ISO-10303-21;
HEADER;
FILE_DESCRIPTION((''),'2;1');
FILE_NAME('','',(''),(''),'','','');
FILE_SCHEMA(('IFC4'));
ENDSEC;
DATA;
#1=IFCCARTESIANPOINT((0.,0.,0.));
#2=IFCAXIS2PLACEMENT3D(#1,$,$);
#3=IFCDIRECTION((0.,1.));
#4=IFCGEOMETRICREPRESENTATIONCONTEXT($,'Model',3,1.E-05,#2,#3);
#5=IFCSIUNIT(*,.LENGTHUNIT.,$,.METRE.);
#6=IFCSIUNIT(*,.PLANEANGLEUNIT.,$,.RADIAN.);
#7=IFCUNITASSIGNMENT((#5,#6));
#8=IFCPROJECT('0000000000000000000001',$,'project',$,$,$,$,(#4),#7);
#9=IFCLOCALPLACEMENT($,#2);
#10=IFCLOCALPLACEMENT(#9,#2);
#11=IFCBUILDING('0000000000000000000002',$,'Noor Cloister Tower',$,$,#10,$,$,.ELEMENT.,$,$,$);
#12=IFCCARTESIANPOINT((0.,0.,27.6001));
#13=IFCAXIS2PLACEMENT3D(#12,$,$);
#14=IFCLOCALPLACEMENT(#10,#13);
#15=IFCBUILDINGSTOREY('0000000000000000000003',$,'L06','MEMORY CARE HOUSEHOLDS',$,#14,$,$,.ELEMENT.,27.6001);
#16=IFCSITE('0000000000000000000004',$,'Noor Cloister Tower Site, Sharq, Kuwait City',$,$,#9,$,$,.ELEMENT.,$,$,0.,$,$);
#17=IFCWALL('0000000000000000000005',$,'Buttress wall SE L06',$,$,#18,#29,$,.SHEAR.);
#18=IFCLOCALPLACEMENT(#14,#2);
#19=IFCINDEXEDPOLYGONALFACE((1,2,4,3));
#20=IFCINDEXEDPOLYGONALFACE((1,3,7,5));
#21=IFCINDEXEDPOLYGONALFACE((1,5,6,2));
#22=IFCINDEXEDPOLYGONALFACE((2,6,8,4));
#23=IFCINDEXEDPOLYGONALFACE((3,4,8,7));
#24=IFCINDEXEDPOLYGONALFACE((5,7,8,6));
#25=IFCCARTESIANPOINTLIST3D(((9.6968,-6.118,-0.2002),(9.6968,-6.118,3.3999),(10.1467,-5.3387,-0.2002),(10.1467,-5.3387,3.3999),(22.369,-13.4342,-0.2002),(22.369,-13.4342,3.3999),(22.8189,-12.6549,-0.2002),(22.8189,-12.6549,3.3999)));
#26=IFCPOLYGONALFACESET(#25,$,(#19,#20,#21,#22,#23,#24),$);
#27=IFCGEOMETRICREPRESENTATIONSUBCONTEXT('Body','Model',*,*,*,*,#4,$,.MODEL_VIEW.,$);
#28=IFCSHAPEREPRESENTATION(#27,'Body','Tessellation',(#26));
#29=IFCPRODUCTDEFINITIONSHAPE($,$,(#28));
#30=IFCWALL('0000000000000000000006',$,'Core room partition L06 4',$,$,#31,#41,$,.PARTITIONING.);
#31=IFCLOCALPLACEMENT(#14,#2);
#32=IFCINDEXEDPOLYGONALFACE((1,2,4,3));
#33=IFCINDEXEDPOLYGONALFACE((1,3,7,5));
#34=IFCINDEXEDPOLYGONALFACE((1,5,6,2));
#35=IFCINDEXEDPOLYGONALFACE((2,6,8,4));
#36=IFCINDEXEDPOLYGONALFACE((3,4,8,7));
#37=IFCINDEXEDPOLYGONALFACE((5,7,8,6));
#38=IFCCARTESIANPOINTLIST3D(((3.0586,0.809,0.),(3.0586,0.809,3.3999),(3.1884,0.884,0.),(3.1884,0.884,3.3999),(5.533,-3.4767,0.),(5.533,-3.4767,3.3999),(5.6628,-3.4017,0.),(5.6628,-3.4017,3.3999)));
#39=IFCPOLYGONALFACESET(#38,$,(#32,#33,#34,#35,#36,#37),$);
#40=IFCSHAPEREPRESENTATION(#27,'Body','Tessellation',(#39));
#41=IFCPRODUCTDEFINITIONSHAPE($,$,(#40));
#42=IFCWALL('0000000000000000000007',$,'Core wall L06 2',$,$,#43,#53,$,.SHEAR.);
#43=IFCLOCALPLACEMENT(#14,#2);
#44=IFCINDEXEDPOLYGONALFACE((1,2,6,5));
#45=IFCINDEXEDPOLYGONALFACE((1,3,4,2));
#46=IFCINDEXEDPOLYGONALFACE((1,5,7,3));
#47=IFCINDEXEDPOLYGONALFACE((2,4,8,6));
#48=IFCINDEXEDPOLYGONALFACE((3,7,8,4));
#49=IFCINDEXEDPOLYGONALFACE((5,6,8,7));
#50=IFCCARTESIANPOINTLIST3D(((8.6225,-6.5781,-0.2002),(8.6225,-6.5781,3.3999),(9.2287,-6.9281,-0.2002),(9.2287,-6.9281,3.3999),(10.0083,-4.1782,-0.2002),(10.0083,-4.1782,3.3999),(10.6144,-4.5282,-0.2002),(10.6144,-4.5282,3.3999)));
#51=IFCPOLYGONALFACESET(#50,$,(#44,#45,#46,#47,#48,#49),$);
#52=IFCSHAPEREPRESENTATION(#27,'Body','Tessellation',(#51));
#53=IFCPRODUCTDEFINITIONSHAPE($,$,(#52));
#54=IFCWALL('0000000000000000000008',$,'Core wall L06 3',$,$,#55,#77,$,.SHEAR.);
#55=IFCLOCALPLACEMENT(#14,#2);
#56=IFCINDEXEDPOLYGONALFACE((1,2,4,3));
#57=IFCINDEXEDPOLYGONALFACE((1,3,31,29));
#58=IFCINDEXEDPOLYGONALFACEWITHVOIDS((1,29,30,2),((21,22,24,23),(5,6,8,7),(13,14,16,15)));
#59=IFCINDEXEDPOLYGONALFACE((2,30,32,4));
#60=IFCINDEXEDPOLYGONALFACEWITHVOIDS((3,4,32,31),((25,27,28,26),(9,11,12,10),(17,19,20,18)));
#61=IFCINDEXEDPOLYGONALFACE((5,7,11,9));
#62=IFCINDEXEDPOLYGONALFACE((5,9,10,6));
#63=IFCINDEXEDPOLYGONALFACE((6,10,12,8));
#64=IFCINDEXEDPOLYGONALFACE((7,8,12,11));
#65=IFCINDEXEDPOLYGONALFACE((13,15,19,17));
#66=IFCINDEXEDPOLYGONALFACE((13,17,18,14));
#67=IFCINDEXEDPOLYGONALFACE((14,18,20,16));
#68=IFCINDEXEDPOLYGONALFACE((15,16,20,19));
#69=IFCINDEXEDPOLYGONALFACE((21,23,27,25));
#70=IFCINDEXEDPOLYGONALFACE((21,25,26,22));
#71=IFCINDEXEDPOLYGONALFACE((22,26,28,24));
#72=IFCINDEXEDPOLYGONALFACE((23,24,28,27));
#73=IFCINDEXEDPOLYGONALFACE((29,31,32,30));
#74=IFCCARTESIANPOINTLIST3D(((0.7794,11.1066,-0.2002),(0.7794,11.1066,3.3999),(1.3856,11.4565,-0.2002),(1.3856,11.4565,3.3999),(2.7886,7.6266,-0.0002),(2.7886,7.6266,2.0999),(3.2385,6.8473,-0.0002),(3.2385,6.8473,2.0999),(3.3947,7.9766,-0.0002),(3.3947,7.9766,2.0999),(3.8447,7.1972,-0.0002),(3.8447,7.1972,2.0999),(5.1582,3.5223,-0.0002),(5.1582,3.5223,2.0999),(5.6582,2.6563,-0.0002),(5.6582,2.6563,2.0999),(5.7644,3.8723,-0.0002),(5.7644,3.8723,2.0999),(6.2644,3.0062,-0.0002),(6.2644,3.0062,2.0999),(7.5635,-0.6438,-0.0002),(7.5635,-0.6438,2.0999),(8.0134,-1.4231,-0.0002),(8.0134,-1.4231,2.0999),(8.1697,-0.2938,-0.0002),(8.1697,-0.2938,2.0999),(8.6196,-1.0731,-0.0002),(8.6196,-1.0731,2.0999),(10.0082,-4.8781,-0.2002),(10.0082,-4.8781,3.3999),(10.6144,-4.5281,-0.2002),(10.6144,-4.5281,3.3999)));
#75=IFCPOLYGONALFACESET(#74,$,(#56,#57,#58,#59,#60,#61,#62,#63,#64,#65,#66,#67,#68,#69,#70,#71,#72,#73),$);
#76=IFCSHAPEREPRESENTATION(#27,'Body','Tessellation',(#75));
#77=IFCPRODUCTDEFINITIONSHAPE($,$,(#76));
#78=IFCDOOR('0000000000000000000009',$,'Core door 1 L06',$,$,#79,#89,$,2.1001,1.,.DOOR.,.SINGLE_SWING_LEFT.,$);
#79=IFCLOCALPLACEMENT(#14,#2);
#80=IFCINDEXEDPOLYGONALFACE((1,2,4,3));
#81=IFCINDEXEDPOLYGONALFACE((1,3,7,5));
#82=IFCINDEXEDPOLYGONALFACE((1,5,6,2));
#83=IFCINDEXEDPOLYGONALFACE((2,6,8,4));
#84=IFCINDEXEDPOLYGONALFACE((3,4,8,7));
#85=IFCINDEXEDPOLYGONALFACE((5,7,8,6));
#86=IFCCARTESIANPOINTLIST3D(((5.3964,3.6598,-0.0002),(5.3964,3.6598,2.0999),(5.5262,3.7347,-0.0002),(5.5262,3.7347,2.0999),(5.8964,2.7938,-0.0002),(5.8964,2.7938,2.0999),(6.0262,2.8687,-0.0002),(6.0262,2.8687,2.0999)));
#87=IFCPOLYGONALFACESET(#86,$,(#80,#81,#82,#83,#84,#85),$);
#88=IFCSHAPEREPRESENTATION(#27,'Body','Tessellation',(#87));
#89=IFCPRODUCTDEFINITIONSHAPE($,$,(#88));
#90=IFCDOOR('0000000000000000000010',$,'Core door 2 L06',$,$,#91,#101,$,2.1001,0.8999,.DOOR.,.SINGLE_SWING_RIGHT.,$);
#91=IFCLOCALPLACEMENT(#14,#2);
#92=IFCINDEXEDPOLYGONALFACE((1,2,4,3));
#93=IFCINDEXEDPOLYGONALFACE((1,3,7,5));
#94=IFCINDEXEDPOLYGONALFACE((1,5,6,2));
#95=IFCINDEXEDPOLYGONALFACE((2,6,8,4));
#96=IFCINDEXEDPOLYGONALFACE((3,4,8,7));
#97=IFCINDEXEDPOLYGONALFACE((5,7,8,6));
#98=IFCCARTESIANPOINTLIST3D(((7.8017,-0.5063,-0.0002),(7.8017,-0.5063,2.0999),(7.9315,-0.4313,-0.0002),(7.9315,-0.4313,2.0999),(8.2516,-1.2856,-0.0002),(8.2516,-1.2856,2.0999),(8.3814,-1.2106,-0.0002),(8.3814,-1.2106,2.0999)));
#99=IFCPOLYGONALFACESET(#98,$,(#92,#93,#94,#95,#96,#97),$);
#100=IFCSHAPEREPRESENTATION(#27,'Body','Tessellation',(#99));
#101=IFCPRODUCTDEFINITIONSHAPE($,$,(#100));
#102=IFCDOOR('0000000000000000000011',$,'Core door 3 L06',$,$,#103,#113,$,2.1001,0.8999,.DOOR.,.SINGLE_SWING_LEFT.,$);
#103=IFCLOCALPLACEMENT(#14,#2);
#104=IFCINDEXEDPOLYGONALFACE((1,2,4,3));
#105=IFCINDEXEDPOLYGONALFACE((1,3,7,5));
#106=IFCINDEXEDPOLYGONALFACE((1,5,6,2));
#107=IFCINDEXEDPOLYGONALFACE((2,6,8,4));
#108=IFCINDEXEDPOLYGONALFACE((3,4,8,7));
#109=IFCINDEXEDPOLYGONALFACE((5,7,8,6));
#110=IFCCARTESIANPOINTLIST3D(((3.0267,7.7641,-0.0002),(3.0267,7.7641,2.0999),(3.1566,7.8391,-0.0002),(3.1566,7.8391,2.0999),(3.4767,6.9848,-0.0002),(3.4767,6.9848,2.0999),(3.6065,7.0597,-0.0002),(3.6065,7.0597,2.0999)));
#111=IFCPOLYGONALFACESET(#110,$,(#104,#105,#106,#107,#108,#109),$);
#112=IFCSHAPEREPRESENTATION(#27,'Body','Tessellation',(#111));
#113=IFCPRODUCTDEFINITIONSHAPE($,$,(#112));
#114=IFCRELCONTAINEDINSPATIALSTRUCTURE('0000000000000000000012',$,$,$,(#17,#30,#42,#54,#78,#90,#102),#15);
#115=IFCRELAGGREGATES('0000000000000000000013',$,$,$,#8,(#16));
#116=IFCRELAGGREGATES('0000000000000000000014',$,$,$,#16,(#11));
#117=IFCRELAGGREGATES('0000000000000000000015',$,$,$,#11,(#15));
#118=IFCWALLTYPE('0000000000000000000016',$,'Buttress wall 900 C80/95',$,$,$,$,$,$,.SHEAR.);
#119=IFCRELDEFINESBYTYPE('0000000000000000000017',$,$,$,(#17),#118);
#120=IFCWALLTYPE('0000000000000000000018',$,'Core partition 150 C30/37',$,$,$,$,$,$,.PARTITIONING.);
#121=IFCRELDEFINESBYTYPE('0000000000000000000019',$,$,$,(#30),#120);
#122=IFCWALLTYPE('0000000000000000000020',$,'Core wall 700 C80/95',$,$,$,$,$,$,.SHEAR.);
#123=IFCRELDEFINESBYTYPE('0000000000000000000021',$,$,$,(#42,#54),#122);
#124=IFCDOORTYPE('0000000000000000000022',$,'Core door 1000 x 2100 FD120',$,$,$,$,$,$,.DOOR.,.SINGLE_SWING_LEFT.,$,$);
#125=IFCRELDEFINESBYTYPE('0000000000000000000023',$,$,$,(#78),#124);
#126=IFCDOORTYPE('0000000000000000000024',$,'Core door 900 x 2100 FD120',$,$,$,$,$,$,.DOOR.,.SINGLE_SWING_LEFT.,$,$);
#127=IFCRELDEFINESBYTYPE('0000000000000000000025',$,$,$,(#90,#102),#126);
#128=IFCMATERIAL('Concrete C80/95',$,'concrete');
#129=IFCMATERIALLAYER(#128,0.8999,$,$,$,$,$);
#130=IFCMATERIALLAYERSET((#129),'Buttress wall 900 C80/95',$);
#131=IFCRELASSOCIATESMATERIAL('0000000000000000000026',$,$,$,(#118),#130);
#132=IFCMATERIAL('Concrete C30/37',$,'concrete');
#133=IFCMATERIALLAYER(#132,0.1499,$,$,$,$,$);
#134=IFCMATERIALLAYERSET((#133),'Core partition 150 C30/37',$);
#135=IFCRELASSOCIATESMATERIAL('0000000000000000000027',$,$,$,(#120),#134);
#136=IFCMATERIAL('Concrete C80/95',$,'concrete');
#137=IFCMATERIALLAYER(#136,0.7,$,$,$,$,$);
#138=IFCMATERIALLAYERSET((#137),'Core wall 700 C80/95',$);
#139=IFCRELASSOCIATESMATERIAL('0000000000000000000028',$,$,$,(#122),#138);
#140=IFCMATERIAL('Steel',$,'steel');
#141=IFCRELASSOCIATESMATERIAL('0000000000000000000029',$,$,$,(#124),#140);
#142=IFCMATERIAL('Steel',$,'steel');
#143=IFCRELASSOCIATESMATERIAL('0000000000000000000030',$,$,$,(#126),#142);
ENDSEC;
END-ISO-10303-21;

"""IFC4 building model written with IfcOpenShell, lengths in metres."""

from ifc_helpers import new_model, si_unit, direction, frame, frame_2d, origin, place, context, subcontext, project, spatial, rectangle, extrude, material, layer, layer_set, type_object, element, fill, save


model = new_model("IFC4")

# Units and contexts
model_context = context("Model", 3, precision=1e-05, world=origin(), true_north=direction((0.0, 1.0)))
body_context = subcontext(model_context, "Body", "Model", "MODEL_VIEW")
ifc_project = project(units=[si_unit("LENGTHUNIT", "METRE"), si_unit("PLANEANGLEUNIT", "RADIAN")], contexts=[model_context])

# Site, building, storey
site_placement = place(None, origin())
site = spatial("IfcSite", under=ifc_project, at=site_placement, Name="Noor Cloister Tower Site, Sharq, Kuwait City", CompositionType="ELEMENT", RefElevation=0.0)
building_placement = place(site_placement, origin())
building = spatial("IfcBuilding", under=site, at=building_placement, Name="Noor Cloister Tower", CompositionType="ELEMENT")
storey_placement = place(building_placement, frame((0.0, 0.0, 27.6001)))
storey = spatial("IfcBuildingStorey", under=building, at=storey_placement, Name="L06", Description="MEMORY CARE HOUSEHOLDS", CompositionType="ELEMENT", Elevation=27.6001)

# Walls
ifc_material_1 = material(Name="Concrete C80/95", Category="concrete")
ifc_layer_1 = layer(ifc_material_1, 0.8999)
ifc_layer_set_1 = layer_set([ifc_layer_1], Name="Buttress wall 900 C80/95")
wall_type_1 = type_object("IfcWallType", Name="Buttress wall 900 C80/95", PredefinedType="SHEAR", material=ifc_layer_set_1)
wall_1_placement = place(storey_placement, frame((9.9216, -5.7283, -0.2002), z_axis=(0.0, 0.0, 1.0), x_axis=(0.866028, -0.499995, 0.0)))
element("IfcWall", 1, at=wall_1_placement, inside=storey, type_object=wall_type_1, Name="Buttress wall SE L06", PredefinedType="SHEAR", context=body_context, shape_type="SweptSolid", body=[
    extrude(rectangle(XDim=14.6326, YDim=0.8999, at=frame_2d((7.3164, 0.0))), origin(), (0.0, 0.0, 1.0), 3.6001),
])
ifc_material_2 = material(Name="Concrete C30/37", Category="concrete")
ifc_layer_2 = layer(ifc_material_2, 0.1499)
ifc_layer_set_2 = layer_set([ifc_layer_2], Name="Core partition 150 C30/37")
wall_type_2 = type_object("IfcWallType", Name="Core partition 150 C30/37", PredefinedType="PARTITIONING", material=ifc_layer_set_2)
wall_2_placement = place(storey_placement, frame((5.5979, -3.4392, 0.0), z_axis=(0.0, 0.0, 1.0), x_axis=(-0.500007, 0.866021, 0.0)))
element("IfcWall", 2, at=wall_2_placement, inside=storey, type_object=wall_type_2, Name="Core room partition L06 4", PredefinedType="PARTITIONING", context=body_context, shape_type="SweptSolid", body=[
    extrude(rectangle(XDim=4.9487, YDim=0.1499, at=frame_2d((2.4744, 0.0))), origin(), (0.0, 0.0, 1.0), 3.3999),
])
ifc_material_3 = material(Name="Concrete C80/95", Category="concrete")
ifc_layer_3 = layer(ifc_material_3, 0.7)
ifc_layer_set_3 = layer_set([ifc_layer_3], Name="Core wall 700 C80/95")
wall_type_3 = type_object("IfcWallType", Name="Core wall 700 C80/95", PredefinedType="SHEAR", material=ifc_layer_set_3)
wall_3_placement = place(storey_placement, frame((8.9255, -6.7532, -0.2002), z_axis=(0.0, 0.0, 1.0), x_axis=(0.500043, 0.866001, 0.0)))
element("IfcWall", 3, at=wall_3_placement, inside=storey, type_object=wall_type_3, Name="Core wall L06 2", PredefinedType="SHEAR", context=body_context, shape_type="SweptSolid", body=[
    extrude(rectangle(XDim=2.7712, YDim=0.7, at=frame_2d((1.3857, 0.0))), origin(), (0.0, 0.0, 1.0), 3.6001),
])

# Wall, openings, doors
wall_4_placement = place(storey_placement, frame((10.3113, -4.7031, -0.2002), z_axis=(0.0, 0.0, 1.0), x_axis=(-0.500001, 0.866025, 0.0)))
wall_4 = element("IfcWall", 4, at=wall_4_placement, inside=storey, type_object=wall_type_3, Name="Core wall L06 3", PredefinedType="SHEAR", context=body_context, shape_type="SweptSolid", body=[
    extrude(rectangle(XDim=18.4575, YDim=0.7, at=frame_2d((9.2288, 0.0))), origin(), (0.0, 0.0, 1.0), 3.6001),
])
opening_1_placement = place(wall_4_placement, frame((8.7, 0.0, 0.2)))
opening_1 = element("IfcOpeningElement", 5, at=opening_1_placement, cuts=wall_4, PredefinedType="OPENING", context=body_context, shape_type="SweptSolid", body=[
    extrude(rectangle(XDim=1.0, YDim=2.1001, at=frame_2d((0.5, 1.05))), frame((0.0, 0.3599, 0.0), z_axis=(0.0, -1.0, 0.0), x_axis=(1.0, 0.0, 0.0)), (0.0, 0.0, 1.0), 0.72),
])
opening_2_placement = place(wall_4_placement, frame((3.9895, 0.0, 0.2)))
opening_2 = element("IfcOpeningElement", 6, at=opening_2_placement, cuts=wall_4, PredefinedType="OPENING", context=body_context, shape_type="SweptSolid", body=[
    extrude(rectangle(XDim=0.8999, YDim=2.1001, at=frame_2d((0.45, 1.05))), frame((0.0, 0.3599, 0.0), z_axis=(0.0, -1.0, 0.0), x_axis=(1.0, 0.0, 0.0)), (0.0, 0.0, 1.0), 0.72),
])
opening_3_placement = place(wall_4_placement, frame((13.5393, 0.0, 0.2)))
opening_3 = element("IfcOpeningElement", 7, at=opening_3_placement, cuts=wall_4, PredefinedType="OPENING", context=body_context, shape_type="SweptSolid", body=[
    extrude(rectangle(XDim=0.8999, YDim=2.1001, at=frame_2d((0.45, 1.05))), frame((0.0, 0.3599, 0.0), z_axis=(0.0, -1.0, 0.0), x_axis=(1.0, 0.0, 0.0)), (0.0, 0.0, 1.0), 0.72),
])
ifc_material_4 = material(Name="Steel", Category="steel")
door_type_1 = type_object("IfcDoorType", Name="Core door 1000 x 2100 FD120", OperationType="SINGLE_SWING_LEFT", PredefinedType="DOOR", material=ifc_material_4)
door_1_placement = place(opening_1_placement, origin())
door_1 = element("IfcDoor", 8, at=door_1_placement, inside=storey, type_object=door_type_1, Name="Core door 1 L06", OperationType="SINGLE_SWING_LEFT", OverallHeight=2.1001, OverallWidth=1.0, PredefinedType="DOOR", context=body_context, shape_type="SweptSolid", body=[
    extrude(rectangle(XDim=1.0, YDim=2.1001, at=frame_2d((0.5, 1.05))), frame((0.0, 0.075, 0.0), z_axis=(0.0, -1.0, 0.0), x_axis=(1.0, 0.0, 0.0)), (0.0, 0.0, 1.0), 0.1499),
])
fill(opening_1, door_1)
ifc_material_5 = material(Name="Steel", Category="steel")
door_type_2 = type_object("IfcDoorType", Name="Core door 900 x 2100 FD120", OperationType="SINGLE_SWING_LEFT", PredefinedType="DOOR", material=ifc_material_5)
door_2_placement = place(opening_2_placement, origin())
door_2 = element("IfcDoor", 9, at=door_2_placement, inside=storey, type_object=door_type_2, Name="Core door 2 L06", OperationType="SINGLE_SWING_RIGHT", OverallHeight=2.1001, OverallWidth=0.8999, PredefinedType="DOOR", context=body_context, shape_type="SweptSolid", body=[
    extrude(rectangle(XDim=0.8999, YDim=2.1001, at=frame_2d((0.45, 1.05))), frame((0.0, 0.075, 0.0), z_axis=(0.0, -1.0, 0.0), x_axis=(1.0, 0.0, 0.0)), (0.0, 0.0, 1.0), 0.1499),
])
fill(opening_2, door_2)
door_3_placement = place(opening_3_placement, origin())
door_3 = element("IfcDoor", 10, at=door_3_placement, inside=storey, type_object=door_type_2, Name="Core door 3 L06", OperationType="SINGLE_SWING_LEFT", OverallHeight=2.1001, OverallWidth=0.8999, PredefinedType="DOOR", context=body_context, shape_type="SweptSolid", body=[
    extrude(rectangle(XDim=0.8999, YDim=2.1001, at=frame_2d((0.45, 1.05))), frame((0.0, 0.075, 0.0), z_axis=(0.0, -1.0, 0.0), x_axis=(1.0, 0.0, 0.0)), (0.0, 0.0, 1.0), 0.1499),
])
fill(opening_3, door_3)

save(model, "model.ifc")
